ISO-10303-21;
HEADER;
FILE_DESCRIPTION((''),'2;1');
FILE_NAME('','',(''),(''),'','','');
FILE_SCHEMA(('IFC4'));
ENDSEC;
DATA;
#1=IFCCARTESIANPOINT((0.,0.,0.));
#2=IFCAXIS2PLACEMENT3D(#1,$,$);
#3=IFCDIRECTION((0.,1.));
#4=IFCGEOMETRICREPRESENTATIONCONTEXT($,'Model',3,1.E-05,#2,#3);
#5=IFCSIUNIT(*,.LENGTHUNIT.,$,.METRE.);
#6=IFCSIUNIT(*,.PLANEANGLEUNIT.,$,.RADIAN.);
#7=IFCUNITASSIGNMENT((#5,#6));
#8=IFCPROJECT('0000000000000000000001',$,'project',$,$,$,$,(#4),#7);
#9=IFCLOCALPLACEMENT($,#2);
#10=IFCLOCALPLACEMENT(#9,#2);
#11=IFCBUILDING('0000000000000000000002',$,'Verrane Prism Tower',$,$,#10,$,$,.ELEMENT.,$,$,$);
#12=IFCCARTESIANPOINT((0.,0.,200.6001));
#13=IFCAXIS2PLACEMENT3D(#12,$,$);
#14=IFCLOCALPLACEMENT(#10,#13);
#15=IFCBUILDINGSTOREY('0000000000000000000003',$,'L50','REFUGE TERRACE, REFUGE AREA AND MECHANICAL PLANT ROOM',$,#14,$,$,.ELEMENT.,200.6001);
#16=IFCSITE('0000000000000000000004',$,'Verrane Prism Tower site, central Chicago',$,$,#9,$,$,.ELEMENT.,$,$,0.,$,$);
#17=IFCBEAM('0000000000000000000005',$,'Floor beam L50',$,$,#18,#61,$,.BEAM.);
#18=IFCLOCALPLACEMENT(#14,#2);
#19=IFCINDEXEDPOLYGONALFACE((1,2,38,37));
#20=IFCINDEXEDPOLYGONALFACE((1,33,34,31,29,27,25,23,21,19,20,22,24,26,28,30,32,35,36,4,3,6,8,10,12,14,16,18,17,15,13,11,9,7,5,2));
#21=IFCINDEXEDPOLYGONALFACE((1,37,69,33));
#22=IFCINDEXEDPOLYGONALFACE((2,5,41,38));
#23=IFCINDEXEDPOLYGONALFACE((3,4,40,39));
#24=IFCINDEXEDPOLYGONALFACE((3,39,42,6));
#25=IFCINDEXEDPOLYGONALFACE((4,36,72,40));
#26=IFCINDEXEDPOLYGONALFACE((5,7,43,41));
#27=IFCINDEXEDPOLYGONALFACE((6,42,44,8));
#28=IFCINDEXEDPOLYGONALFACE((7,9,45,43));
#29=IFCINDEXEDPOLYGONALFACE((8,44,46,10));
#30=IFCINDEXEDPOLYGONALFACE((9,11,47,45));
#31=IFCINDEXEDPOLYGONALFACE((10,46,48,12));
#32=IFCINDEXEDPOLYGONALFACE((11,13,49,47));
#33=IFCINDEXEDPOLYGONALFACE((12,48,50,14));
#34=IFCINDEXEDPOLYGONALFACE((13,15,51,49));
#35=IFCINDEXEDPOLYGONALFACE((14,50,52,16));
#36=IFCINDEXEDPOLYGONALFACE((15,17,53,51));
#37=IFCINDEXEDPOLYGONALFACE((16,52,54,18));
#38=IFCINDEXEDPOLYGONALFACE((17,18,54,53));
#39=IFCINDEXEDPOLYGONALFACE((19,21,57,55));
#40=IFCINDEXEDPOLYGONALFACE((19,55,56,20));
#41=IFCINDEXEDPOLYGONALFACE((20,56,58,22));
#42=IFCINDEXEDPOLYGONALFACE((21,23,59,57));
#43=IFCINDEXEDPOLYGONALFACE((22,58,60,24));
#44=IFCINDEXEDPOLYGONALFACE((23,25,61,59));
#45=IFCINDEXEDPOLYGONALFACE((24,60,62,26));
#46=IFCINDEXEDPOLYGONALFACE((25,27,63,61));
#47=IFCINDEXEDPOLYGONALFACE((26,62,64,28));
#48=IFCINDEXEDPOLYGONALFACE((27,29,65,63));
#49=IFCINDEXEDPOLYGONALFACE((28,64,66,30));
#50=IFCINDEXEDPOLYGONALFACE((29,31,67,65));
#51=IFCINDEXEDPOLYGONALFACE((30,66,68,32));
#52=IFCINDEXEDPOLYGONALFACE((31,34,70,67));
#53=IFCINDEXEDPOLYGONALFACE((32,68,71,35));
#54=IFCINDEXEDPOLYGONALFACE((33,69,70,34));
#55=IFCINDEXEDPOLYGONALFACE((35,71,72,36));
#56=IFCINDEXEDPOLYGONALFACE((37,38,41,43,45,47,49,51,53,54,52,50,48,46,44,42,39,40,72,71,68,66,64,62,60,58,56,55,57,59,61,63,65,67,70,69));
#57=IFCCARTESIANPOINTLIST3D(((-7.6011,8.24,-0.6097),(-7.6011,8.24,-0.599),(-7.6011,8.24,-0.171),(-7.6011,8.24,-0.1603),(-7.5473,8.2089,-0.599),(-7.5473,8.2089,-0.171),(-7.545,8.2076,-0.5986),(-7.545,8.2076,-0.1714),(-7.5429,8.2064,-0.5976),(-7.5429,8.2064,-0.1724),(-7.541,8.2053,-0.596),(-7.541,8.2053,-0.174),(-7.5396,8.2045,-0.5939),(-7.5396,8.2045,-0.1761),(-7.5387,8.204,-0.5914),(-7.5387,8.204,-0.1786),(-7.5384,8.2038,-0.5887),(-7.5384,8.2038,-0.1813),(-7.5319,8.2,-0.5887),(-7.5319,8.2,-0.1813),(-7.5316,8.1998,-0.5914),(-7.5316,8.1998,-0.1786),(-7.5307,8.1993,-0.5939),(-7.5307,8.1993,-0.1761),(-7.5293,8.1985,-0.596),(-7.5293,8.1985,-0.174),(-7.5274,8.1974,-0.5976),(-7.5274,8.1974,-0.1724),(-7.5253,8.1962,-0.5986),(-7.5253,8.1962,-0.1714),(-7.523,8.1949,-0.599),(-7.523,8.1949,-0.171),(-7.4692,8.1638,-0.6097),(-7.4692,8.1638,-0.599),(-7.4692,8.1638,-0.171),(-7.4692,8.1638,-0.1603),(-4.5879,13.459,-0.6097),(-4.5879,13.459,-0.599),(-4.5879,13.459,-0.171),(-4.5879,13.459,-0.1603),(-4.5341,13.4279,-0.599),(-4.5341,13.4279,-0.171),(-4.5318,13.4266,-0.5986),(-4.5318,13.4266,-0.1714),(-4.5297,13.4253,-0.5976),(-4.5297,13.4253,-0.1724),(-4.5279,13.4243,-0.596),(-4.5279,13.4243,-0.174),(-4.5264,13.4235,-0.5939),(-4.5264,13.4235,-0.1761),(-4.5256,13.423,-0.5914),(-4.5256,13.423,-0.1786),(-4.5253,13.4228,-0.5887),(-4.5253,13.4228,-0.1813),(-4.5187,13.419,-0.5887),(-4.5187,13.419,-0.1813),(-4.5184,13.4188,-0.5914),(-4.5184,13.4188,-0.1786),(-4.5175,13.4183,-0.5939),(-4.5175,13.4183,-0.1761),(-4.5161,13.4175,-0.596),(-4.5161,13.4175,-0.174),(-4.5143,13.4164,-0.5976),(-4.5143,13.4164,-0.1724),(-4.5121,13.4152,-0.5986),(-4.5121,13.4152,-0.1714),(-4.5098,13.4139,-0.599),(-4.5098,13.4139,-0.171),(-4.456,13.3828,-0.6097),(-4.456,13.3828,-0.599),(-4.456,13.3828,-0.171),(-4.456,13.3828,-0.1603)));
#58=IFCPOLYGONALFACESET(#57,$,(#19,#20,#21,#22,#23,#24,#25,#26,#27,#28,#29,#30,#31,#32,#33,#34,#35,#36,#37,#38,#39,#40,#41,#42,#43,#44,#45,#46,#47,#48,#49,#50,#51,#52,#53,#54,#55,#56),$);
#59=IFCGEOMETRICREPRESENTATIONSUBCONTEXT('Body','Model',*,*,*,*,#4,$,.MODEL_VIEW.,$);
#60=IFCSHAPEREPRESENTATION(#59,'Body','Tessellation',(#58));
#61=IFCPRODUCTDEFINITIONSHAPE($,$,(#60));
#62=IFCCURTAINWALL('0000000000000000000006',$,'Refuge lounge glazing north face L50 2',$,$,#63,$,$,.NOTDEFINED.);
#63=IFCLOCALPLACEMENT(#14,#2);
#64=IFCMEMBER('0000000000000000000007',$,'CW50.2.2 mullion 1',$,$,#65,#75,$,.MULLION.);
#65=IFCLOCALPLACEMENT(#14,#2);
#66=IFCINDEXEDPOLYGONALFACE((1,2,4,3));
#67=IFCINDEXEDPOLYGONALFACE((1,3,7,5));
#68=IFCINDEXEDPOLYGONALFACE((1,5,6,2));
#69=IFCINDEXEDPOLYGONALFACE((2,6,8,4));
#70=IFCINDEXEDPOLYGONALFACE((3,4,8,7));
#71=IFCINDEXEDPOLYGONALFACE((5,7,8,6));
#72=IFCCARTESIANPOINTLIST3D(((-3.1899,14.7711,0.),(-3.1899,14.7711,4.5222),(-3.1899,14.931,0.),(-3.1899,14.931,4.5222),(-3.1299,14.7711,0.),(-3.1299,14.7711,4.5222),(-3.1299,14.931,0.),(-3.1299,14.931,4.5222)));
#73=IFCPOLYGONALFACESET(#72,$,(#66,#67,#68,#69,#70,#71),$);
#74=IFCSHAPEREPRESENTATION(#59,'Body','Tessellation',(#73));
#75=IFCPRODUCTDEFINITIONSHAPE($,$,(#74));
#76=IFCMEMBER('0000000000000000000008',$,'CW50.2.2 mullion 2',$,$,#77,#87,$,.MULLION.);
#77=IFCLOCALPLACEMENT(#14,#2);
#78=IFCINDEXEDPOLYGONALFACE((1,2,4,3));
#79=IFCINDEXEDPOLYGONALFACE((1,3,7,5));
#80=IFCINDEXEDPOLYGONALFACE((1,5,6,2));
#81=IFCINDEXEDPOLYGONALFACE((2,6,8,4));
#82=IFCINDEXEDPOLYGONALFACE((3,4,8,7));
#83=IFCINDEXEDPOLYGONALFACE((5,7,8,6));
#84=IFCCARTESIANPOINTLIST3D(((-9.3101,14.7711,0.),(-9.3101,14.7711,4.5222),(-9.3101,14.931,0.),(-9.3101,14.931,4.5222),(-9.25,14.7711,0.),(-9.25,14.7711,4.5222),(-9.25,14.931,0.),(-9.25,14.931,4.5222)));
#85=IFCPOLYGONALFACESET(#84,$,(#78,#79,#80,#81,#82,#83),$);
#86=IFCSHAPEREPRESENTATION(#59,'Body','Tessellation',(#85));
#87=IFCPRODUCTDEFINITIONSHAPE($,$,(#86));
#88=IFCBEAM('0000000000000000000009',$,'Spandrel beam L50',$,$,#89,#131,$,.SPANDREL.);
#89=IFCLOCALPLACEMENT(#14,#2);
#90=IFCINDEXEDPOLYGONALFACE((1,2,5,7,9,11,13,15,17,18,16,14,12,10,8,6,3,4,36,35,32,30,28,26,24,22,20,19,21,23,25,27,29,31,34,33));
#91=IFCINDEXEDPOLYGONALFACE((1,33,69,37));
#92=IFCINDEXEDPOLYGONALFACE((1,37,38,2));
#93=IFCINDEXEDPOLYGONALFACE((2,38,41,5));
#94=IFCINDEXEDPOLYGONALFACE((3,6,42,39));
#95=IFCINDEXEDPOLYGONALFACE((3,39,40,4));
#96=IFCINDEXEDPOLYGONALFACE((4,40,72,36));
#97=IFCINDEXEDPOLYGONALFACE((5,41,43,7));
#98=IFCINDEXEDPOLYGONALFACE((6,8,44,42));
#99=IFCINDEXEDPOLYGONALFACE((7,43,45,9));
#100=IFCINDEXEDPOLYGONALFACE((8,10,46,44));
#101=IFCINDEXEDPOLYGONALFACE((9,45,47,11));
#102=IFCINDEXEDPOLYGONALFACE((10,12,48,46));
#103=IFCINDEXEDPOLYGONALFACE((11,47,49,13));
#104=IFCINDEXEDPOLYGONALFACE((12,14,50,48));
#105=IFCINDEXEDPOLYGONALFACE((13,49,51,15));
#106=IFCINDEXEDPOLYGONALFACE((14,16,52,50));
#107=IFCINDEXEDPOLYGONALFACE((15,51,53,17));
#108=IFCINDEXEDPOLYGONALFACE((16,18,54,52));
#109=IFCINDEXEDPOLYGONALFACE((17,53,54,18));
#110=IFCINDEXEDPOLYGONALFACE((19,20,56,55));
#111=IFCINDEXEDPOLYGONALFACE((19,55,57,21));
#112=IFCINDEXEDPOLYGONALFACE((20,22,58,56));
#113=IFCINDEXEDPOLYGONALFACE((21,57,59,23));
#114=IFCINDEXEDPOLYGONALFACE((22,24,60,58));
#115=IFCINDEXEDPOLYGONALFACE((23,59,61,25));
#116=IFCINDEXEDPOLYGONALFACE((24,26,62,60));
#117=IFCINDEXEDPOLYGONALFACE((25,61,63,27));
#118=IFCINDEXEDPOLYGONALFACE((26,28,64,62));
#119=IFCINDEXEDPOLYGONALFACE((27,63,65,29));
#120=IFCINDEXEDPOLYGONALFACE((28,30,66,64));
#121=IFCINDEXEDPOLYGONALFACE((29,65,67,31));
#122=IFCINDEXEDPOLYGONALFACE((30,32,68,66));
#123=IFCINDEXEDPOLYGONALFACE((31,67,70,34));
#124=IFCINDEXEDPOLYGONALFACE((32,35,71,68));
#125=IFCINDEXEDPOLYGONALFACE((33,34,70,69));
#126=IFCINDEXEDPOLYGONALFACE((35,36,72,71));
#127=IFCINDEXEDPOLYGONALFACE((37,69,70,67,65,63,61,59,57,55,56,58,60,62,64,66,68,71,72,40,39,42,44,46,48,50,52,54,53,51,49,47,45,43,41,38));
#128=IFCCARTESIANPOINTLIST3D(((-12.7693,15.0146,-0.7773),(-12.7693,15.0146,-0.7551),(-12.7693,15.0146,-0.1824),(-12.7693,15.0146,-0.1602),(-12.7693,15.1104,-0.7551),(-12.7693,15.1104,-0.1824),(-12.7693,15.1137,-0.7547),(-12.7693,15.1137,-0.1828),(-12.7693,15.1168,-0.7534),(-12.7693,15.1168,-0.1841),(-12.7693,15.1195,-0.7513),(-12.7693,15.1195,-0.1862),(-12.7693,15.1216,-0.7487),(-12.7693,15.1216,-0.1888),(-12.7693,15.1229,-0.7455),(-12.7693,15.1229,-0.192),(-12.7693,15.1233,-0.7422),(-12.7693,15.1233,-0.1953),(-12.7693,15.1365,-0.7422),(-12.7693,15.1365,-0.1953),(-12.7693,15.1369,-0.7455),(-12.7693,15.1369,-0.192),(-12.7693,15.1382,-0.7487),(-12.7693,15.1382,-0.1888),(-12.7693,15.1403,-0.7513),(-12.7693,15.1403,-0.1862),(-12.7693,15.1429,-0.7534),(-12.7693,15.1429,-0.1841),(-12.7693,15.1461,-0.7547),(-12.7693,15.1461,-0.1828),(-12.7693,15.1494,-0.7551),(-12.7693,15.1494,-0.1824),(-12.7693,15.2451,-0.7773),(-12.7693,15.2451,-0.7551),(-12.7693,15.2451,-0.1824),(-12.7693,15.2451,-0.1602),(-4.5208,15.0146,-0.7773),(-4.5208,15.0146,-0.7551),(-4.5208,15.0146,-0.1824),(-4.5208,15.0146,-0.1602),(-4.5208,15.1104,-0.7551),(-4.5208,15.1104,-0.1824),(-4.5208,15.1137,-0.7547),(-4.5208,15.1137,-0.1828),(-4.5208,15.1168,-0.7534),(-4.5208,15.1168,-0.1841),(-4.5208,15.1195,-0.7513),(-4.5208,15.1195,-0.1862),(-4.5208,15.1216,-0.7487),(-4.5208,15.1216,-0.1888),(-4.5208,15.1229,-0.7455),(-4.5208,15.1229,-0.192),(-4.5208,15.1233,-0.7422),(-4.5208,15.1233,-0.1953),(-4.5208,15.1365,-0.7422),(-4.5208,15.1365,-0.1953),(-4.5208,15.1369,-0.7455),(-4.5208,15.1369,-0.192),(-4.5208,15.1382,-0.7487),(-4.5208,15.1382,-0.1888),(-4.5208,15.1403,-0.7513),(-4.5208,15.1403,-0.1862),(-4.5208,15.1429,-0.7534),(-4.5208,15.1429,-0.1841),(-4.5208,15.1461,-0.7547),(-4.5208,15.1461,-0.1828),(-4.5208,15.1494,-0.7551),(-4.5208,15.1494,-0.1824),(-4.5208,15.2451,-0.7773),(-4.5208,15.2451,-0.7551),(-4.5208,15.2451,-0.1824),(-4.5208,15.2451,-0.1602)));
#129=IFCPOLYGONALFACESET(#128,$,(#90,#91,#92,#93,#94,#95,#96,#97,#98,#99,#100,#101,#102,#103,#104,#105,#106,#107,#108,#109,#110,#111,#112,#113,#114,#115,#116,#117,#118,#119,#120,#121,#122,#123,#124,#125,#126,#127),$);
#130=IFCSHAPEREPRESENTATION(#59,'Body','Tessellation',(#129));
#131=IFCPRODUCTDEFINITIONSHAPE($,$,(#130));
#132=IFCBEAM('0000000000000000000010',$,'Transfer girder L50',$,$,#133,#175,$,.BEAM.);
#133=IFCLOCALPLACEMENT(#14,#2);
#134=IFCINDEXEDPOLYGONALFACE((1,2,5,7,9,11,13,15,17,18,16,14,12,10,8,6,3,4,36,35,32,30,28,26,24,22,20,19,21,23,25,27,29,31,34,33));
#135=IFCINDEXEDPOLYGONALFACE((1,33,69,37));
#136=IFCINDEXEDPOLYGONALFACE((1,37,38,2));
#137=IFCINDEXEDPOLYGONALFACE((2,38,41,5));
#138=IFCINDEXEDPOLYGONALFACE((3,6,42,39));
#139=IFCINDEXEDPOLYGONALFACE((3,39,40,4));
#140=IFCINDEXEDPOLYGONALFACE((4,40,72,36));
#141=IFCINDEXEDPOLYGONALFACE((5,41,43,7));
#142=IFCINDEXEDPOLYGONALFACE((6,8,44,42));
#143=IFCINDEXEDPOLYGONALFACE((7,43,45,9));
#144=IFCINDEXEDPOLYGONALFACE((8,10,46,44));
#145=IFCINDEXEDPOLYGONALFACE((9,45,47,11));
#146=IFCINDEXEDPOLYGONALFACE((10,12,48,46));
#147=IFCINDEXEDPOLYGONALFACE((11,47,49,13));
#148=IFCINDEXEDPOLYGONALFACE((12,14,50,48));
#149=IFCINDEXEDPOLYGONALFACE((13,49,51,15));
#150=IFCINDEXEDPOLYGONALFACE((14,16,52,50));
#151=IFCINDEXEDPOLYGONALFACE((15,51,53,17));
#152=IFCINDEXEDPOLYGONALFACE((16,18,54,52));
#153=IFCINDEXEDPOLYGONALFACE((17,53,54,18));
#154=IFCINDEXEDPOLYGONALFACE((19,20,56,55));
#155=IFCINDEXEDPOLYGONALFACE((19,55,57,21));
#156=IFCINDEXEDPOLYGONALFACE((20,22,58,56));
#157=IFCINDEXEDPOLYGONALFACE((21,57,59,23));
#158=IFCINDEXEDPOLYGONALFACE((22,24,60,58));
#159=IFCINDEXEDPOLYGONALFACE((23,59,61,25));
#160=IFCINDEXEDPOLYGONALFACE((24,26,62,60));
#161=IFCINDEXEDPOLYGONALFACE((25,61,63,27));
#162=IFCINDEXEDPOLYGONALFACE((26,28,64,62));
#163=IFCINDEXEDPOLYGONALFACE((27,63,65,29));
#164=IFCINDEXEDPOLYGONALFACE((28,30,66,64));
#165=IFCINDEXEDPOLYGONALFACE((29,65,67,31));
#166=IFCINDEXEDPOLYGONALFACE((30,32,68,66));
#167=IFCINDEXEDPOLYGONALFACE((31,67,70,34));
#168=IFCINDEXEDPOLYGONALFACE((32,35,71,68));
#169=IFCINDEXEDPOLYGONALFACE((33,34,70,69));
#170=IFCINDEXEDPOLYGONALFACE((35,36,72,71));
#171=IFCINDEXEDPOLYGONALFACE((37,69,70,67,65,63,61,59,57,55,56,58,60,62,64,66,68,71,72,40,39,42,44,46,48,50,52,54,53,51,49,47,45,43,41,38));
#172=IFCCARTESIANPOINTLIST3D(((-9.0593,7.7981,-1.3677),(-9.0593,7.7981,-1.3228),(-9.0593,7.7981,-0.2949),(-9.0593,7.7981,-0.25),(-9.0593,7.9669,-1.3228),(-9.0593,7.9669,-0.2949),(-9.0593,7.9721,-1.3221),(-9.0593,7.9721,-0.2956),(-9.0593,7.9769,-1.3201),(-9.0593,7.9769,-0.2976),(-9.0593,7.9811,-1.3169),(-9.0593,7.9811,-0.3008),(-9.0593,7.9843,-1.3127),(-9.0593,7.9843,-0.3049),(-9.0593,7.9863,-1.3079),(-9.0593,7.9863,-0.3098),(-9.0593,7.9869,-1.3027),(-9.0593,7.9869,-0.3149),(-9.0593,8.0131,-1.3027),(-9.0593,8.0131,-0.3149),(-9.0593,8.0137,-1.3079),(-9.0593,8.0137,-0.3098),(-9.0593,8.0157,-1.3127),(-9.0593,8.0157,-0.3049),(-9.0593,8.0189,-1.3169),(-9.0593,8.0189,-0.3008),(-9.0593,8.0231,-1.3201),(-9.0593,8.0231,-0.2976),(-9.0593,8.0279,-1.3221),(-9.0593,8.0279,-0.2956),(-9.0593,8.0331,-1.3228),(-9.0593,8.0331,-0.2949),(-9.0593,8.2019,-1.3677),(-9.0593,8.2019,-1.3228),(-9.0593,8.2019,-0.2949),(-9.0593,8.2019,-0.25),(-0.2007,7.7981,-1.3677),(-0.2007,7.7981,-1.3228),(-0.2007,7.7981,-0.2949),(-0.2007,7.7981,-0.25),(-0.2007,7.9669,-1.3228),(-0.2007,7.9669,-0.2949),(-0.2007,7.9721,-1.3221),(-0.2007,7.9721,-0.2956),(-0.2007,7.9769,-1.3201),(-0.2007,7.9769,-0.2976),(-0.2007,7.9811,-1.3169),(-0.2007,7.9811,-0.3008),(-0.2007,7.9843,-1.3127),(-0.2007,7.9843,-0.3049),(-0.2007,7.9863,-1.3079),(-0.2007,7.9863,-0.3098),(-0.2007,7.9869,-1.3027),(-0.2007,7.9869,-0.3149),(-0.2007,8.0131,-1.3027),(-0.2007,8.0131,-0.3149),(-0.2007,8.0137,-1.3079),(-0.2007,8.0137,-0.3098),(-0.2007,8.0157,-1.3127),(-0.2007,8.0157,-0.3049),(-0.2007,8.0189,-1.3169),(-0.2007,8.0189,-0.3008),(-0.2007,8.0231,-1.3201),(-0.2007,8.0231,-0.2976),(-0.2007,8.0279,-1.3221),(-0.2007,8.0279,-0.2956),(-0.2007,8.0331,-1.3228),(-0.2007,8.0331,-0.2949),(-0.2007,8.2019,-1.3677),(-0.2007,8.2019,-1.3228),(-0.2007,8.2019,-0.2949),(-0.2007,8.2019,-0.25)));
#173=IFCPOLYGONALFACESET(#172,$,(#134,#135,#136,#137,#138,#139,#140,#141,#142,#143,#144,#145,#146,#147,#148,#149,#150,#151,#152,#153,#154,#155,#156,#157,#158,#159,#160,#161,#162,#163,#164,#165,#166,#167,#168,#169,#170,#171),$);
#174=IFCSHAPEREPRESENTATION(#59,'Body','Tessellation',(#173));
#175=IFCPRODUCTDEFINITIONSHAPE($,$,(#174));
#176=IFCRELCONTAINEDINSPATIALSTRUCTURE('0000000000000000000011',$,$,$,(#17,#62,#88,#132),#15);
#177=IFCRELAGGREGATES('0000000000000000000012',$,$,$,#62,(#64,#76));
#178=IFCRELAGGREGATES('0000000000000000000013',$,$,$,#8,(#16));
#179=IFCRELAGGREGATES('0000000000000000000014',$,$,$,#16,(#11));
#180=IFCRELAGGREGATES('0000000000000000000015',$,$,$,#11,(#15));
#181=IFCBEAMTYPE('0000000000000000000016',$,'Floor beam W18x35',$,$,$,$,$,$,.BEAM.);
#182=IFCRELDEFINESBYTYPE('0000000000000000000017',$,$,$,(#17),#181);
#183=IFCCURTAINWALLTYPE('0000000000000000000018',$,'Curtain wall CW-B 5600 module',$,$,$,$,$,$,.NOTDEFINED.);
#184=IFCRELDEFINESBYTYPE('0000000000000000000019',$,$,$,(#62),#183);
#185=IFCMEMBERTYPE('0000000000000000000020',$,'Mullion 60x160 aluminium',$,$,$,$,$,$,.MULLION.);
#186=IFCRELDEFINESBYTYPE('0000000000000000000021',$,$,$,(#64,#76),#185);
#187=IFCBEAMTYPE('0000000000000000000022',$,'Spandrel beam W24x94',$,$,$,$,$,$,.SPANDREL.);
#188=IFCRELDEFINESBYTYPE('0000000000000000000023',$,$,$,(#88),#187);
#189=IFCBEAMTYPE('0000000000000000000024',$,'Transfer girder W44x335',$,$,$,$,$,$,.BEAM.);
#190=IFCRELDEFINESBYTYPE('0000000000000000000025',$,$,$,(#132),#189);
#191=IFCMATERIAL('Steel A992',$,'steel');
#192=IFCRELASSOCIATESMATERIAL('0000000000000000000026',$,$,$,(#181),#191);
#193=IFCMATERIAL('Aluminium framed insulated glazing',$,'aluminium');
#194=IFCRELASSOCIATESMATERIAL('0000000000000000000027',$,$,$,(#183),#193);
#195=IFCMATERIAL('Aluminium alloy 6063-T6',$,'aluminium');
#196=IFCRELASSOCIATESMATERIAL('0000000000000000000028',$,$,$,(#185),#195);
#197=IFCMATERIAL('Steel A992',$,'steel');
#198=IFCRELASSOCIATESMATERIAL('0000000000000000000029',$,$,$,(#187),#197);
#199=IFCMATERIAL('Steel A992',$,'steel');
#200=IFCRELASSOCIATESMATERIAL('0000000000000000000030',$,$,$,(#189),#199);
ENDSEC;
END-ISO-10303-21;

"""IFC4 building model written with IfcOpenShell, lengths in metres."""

from ifc_helpers import new_model, si_unit, direction, frame, origin, origin_2d, place, context, subcontext, project, spatial, rectangle, i_section, extrude, material, material_profile, profile_set, type_object, element, aggregate, save


model = new_model("IFC4")

# Units and contexts
model_context = context("Model", 3, precision=1e-05, world=origin(), true_north=direction((0.0, 1.0)))
body_context = subcontext(model_context, "Body", "Model", "MODEL_VIEW")
ifc_project = project(units=[si_unit("LENGTHUNIT", "METRE"), si_unit("PLANEANGLEUNIT", "RADIAN")], contexts=[model_context])

# Site, building, storey
site_placement = place(None, origin())
site = spatial("IfcSite", under=ifc_project, at=site_placement, Name="Verrane Prism Tower site, central Chicago", CompositionType="ELEMENT", RefElevation=0.0)
building_placement = place(site_placement, origin())
building = spatial("IfcBuilding", under=site, at=building_placement, Name="Verrane Prism Tower", CompositionType="ELEMENT")
storey_placement = place(building_placement, frame((0.0, 0.0, 200.6001)))
storey = spatial("IfcBuildingStorey", under=building, at=storey_placement, Name="L50", Description="REFUGE TERRACE, REFUGE AREA AND MECHANICAL PLANT ROOM", CompositionType="ELEMENT", Elevation=200.6001)

# Beam
ifc_material_1 = material(Name="Steel A992", Category="steel")
ifc_material_profile_1 = material_profile(ifc_material_1, i_section(OverallWidth=0.1523, OverallDepth=0.4495, WebThickness=0.0076, FlangeThickness=0.0107, FilletRadius=0.0103, at=origin_2d()), Name="W18x35")
ifc_profile_set_1 = profile_set([ifc_material_profile_1], Name="Steel A992")
beam_type_1 = type_object("IfcBeamType", Name="Floor beam W18x35", PredefinedType="BEAM", material=ifc_profile_set_1)
beam_1_placement = place(storey_placement, frame((-7.5352, 8.2019, -0.385), z_axis=(0.499999, 0.866026, 0.0), x_axis=(-0.866026, 0.499999, 0.0)))
element("IfcBeam", 1, at=beam_1_placement, inside=storey, type_object=beam_type_1, Name="Floor beam L50", PredefinedType="BEAM", context=body_context, shape_type="SweptSolid", body=[
    extrude(i_section(OverallWidth=0.1523, OverallDepth=0.4495, WebThickness=0.0076, FlangeThickness=0.0107, FilletRadius=0.0103, at=origin_2d()), origin(), (0.0, 0.0, 1.0), 6.0264),
])

# Curtain wall, members
ifc_material_2 = material(Name="Aluminium framed insulated glazing", Category="aluminium")
curtain_wall_type = type_object("IfcCurtainWallType", Name="Curtain wall CW-B 5600 module", PredefinedType="NOTDEFINED", material=ifc_material_2)
curtain_wall_placement = place(storey_placement, origin())
curtain_wall = element("IfcCurtainWall", 2, at=curtain_wall_placement, inside=storey, type_object=curtain_wall_type, Name="Refuge lounge glazing north face L50 2", PredefinedType="NOTDEFINED")
ifc_material_3 = material(Name="Aluminium alloy 6063-T6", Category="aluminium")
ifc_material_profile_2 = material_profile(ifc_material_3, rectangle(XDim=0.1599, YDim=0.0601, at=origin_2d()), Name="Mullion 60x160 aluminium")
ifc_profile_set_2 = profile_set([ifc_material_profile_2], Name="Aluminium alloy 6063-T6")
member_type_1 = type_object("IfcMemberType", Name="Mullion 60x160 aluminium", PredefinedType="MULLION", material=ifc_profile_set_2)
member_1_placement = place(storey_placement, frame((-3.1599, 14.8511, 0.0), z_axis=(0.0, 0.0, 1.0), x_axis=(0.0, -1.0, 0.0)))
member_1 = element("IfcMember", 3, at=member_1_placement, type_object=member_type_1, Name="CW50.2.2 mullion 1", PredefinedType="MULLION", context=body_context, shape_type="SweptSolid", body=[
    extrude(rectangle(XDim=0.1599, YDim=0.0601, at=origin_2d()), origin(), (0.0, 0.0, 1.0), 4.5222),
])
member_2_placement = place(storey_placement, frame((-9.28, 14.8511, 0.0), z_axis=(0.0, 0.0, 1.0), x_axis=(0.0, -1.0, 0.0)))
member_2 = element("IfcMember", 4, at=member_2_placement, type_object=member_type_1, Name="CW50.2.2 mullion 2", PredefinedType="MULLION", context=body_context, shape_type="SweptSolid", body=[
    extrude(rectangle(XDim=0.1599, YDim=0.0601, at=origin_2d()), origin(), (0.0, 0.0, 1.0), 4.5222),
])

# Beams
ifc_material_4 = material(Name="Steel A992", Category="steel")
ifc_material_profile_3 = material_profile(ifc_material_4, i_section(OverallWidth=0.2305, OverallDepth=0.6172, WebThickness=0.0132, FlangeThickness=0.0222, FilletRadius=0.0129, at=origin_2d()), Name="W24x94")
ifc_profile_set_3 = profile_set([ifc_material_profile_3], Name="Steel A992")
beam_type_2 = type_object("IfcBeamType", Name="Spandrel beam W24x94", PredefinedType="SPANDREL", material=ifc_profile_set_3)
beam_2_placement = place(storey_placement, frame((-4.5208, 15.1299, -0.4688), z_axis=(-1.0, 0.0, 0.0), x_axis=(0.0, -1.0, 0.0)))
element("IfcBeam", 5, at=beam_2_placement, inside=storey, type_object=beam_type_2, Name="Spandrel beam L50", PredefinedType="SPANDREL", context=body_context, shape_type="SweptSolid", body=[
    extrude(i_section(OverallWidth=0.2305, OverallDepth=0.6172, WebThickness=0.0132, FlangeThickness=0.0222, FilletRadius=0.0129, at=origin_2d()), origin(), (0.0, 0.0, 1.0), 8.2485),
])
ifc_material_5 = material(Name="Steel A992", Category="steel")
ifc_material_profile_4 = material_profile(ifc_material_5, i_section(OverallWidth=0.4038, OverallDepth=1.1177, WebThickness=0.0261, FlangeThickness=0.0449, FilletRadius=0.02, at=origin_2d()), Name="W44x335")
ifc_profile_set_4 = profile_set([ifc_material_profile_4], Name="Steel A992")
beam_type_3 = type_object("IfcBeamType", Name="Transfer girder W44x335", PredefinedType="BEAM", material=ifc_profile_set_4)
beam_3_placement = place(storey_placement, frame((-0.2007, 8.0, -0.8088), z_axis=(-1.0, 0.0, 0.0), x_axis=(0.0, -1.0, 0.0)))
element("IfcBeam", 6, at=beam_3_placement, inside=storey, type_object=beam_type_3, Name="Transfer girder L50", PredefinedType="BEAM", context=body_context, shape_type="SweptSolid", body=[
    extrude(i_section(OverallWidth=0.4038, OverallDepth=1.1177, WebThickness=0.0261, FlangeThickness=0.0449, FilletRadius=0.02, at=origin_2d()), origin(), (0.0, 0.0, 1.0), 8.8586),
])

aggregate(curtain_wall, [member_1, member_2])

save(model, "model.ifc")
